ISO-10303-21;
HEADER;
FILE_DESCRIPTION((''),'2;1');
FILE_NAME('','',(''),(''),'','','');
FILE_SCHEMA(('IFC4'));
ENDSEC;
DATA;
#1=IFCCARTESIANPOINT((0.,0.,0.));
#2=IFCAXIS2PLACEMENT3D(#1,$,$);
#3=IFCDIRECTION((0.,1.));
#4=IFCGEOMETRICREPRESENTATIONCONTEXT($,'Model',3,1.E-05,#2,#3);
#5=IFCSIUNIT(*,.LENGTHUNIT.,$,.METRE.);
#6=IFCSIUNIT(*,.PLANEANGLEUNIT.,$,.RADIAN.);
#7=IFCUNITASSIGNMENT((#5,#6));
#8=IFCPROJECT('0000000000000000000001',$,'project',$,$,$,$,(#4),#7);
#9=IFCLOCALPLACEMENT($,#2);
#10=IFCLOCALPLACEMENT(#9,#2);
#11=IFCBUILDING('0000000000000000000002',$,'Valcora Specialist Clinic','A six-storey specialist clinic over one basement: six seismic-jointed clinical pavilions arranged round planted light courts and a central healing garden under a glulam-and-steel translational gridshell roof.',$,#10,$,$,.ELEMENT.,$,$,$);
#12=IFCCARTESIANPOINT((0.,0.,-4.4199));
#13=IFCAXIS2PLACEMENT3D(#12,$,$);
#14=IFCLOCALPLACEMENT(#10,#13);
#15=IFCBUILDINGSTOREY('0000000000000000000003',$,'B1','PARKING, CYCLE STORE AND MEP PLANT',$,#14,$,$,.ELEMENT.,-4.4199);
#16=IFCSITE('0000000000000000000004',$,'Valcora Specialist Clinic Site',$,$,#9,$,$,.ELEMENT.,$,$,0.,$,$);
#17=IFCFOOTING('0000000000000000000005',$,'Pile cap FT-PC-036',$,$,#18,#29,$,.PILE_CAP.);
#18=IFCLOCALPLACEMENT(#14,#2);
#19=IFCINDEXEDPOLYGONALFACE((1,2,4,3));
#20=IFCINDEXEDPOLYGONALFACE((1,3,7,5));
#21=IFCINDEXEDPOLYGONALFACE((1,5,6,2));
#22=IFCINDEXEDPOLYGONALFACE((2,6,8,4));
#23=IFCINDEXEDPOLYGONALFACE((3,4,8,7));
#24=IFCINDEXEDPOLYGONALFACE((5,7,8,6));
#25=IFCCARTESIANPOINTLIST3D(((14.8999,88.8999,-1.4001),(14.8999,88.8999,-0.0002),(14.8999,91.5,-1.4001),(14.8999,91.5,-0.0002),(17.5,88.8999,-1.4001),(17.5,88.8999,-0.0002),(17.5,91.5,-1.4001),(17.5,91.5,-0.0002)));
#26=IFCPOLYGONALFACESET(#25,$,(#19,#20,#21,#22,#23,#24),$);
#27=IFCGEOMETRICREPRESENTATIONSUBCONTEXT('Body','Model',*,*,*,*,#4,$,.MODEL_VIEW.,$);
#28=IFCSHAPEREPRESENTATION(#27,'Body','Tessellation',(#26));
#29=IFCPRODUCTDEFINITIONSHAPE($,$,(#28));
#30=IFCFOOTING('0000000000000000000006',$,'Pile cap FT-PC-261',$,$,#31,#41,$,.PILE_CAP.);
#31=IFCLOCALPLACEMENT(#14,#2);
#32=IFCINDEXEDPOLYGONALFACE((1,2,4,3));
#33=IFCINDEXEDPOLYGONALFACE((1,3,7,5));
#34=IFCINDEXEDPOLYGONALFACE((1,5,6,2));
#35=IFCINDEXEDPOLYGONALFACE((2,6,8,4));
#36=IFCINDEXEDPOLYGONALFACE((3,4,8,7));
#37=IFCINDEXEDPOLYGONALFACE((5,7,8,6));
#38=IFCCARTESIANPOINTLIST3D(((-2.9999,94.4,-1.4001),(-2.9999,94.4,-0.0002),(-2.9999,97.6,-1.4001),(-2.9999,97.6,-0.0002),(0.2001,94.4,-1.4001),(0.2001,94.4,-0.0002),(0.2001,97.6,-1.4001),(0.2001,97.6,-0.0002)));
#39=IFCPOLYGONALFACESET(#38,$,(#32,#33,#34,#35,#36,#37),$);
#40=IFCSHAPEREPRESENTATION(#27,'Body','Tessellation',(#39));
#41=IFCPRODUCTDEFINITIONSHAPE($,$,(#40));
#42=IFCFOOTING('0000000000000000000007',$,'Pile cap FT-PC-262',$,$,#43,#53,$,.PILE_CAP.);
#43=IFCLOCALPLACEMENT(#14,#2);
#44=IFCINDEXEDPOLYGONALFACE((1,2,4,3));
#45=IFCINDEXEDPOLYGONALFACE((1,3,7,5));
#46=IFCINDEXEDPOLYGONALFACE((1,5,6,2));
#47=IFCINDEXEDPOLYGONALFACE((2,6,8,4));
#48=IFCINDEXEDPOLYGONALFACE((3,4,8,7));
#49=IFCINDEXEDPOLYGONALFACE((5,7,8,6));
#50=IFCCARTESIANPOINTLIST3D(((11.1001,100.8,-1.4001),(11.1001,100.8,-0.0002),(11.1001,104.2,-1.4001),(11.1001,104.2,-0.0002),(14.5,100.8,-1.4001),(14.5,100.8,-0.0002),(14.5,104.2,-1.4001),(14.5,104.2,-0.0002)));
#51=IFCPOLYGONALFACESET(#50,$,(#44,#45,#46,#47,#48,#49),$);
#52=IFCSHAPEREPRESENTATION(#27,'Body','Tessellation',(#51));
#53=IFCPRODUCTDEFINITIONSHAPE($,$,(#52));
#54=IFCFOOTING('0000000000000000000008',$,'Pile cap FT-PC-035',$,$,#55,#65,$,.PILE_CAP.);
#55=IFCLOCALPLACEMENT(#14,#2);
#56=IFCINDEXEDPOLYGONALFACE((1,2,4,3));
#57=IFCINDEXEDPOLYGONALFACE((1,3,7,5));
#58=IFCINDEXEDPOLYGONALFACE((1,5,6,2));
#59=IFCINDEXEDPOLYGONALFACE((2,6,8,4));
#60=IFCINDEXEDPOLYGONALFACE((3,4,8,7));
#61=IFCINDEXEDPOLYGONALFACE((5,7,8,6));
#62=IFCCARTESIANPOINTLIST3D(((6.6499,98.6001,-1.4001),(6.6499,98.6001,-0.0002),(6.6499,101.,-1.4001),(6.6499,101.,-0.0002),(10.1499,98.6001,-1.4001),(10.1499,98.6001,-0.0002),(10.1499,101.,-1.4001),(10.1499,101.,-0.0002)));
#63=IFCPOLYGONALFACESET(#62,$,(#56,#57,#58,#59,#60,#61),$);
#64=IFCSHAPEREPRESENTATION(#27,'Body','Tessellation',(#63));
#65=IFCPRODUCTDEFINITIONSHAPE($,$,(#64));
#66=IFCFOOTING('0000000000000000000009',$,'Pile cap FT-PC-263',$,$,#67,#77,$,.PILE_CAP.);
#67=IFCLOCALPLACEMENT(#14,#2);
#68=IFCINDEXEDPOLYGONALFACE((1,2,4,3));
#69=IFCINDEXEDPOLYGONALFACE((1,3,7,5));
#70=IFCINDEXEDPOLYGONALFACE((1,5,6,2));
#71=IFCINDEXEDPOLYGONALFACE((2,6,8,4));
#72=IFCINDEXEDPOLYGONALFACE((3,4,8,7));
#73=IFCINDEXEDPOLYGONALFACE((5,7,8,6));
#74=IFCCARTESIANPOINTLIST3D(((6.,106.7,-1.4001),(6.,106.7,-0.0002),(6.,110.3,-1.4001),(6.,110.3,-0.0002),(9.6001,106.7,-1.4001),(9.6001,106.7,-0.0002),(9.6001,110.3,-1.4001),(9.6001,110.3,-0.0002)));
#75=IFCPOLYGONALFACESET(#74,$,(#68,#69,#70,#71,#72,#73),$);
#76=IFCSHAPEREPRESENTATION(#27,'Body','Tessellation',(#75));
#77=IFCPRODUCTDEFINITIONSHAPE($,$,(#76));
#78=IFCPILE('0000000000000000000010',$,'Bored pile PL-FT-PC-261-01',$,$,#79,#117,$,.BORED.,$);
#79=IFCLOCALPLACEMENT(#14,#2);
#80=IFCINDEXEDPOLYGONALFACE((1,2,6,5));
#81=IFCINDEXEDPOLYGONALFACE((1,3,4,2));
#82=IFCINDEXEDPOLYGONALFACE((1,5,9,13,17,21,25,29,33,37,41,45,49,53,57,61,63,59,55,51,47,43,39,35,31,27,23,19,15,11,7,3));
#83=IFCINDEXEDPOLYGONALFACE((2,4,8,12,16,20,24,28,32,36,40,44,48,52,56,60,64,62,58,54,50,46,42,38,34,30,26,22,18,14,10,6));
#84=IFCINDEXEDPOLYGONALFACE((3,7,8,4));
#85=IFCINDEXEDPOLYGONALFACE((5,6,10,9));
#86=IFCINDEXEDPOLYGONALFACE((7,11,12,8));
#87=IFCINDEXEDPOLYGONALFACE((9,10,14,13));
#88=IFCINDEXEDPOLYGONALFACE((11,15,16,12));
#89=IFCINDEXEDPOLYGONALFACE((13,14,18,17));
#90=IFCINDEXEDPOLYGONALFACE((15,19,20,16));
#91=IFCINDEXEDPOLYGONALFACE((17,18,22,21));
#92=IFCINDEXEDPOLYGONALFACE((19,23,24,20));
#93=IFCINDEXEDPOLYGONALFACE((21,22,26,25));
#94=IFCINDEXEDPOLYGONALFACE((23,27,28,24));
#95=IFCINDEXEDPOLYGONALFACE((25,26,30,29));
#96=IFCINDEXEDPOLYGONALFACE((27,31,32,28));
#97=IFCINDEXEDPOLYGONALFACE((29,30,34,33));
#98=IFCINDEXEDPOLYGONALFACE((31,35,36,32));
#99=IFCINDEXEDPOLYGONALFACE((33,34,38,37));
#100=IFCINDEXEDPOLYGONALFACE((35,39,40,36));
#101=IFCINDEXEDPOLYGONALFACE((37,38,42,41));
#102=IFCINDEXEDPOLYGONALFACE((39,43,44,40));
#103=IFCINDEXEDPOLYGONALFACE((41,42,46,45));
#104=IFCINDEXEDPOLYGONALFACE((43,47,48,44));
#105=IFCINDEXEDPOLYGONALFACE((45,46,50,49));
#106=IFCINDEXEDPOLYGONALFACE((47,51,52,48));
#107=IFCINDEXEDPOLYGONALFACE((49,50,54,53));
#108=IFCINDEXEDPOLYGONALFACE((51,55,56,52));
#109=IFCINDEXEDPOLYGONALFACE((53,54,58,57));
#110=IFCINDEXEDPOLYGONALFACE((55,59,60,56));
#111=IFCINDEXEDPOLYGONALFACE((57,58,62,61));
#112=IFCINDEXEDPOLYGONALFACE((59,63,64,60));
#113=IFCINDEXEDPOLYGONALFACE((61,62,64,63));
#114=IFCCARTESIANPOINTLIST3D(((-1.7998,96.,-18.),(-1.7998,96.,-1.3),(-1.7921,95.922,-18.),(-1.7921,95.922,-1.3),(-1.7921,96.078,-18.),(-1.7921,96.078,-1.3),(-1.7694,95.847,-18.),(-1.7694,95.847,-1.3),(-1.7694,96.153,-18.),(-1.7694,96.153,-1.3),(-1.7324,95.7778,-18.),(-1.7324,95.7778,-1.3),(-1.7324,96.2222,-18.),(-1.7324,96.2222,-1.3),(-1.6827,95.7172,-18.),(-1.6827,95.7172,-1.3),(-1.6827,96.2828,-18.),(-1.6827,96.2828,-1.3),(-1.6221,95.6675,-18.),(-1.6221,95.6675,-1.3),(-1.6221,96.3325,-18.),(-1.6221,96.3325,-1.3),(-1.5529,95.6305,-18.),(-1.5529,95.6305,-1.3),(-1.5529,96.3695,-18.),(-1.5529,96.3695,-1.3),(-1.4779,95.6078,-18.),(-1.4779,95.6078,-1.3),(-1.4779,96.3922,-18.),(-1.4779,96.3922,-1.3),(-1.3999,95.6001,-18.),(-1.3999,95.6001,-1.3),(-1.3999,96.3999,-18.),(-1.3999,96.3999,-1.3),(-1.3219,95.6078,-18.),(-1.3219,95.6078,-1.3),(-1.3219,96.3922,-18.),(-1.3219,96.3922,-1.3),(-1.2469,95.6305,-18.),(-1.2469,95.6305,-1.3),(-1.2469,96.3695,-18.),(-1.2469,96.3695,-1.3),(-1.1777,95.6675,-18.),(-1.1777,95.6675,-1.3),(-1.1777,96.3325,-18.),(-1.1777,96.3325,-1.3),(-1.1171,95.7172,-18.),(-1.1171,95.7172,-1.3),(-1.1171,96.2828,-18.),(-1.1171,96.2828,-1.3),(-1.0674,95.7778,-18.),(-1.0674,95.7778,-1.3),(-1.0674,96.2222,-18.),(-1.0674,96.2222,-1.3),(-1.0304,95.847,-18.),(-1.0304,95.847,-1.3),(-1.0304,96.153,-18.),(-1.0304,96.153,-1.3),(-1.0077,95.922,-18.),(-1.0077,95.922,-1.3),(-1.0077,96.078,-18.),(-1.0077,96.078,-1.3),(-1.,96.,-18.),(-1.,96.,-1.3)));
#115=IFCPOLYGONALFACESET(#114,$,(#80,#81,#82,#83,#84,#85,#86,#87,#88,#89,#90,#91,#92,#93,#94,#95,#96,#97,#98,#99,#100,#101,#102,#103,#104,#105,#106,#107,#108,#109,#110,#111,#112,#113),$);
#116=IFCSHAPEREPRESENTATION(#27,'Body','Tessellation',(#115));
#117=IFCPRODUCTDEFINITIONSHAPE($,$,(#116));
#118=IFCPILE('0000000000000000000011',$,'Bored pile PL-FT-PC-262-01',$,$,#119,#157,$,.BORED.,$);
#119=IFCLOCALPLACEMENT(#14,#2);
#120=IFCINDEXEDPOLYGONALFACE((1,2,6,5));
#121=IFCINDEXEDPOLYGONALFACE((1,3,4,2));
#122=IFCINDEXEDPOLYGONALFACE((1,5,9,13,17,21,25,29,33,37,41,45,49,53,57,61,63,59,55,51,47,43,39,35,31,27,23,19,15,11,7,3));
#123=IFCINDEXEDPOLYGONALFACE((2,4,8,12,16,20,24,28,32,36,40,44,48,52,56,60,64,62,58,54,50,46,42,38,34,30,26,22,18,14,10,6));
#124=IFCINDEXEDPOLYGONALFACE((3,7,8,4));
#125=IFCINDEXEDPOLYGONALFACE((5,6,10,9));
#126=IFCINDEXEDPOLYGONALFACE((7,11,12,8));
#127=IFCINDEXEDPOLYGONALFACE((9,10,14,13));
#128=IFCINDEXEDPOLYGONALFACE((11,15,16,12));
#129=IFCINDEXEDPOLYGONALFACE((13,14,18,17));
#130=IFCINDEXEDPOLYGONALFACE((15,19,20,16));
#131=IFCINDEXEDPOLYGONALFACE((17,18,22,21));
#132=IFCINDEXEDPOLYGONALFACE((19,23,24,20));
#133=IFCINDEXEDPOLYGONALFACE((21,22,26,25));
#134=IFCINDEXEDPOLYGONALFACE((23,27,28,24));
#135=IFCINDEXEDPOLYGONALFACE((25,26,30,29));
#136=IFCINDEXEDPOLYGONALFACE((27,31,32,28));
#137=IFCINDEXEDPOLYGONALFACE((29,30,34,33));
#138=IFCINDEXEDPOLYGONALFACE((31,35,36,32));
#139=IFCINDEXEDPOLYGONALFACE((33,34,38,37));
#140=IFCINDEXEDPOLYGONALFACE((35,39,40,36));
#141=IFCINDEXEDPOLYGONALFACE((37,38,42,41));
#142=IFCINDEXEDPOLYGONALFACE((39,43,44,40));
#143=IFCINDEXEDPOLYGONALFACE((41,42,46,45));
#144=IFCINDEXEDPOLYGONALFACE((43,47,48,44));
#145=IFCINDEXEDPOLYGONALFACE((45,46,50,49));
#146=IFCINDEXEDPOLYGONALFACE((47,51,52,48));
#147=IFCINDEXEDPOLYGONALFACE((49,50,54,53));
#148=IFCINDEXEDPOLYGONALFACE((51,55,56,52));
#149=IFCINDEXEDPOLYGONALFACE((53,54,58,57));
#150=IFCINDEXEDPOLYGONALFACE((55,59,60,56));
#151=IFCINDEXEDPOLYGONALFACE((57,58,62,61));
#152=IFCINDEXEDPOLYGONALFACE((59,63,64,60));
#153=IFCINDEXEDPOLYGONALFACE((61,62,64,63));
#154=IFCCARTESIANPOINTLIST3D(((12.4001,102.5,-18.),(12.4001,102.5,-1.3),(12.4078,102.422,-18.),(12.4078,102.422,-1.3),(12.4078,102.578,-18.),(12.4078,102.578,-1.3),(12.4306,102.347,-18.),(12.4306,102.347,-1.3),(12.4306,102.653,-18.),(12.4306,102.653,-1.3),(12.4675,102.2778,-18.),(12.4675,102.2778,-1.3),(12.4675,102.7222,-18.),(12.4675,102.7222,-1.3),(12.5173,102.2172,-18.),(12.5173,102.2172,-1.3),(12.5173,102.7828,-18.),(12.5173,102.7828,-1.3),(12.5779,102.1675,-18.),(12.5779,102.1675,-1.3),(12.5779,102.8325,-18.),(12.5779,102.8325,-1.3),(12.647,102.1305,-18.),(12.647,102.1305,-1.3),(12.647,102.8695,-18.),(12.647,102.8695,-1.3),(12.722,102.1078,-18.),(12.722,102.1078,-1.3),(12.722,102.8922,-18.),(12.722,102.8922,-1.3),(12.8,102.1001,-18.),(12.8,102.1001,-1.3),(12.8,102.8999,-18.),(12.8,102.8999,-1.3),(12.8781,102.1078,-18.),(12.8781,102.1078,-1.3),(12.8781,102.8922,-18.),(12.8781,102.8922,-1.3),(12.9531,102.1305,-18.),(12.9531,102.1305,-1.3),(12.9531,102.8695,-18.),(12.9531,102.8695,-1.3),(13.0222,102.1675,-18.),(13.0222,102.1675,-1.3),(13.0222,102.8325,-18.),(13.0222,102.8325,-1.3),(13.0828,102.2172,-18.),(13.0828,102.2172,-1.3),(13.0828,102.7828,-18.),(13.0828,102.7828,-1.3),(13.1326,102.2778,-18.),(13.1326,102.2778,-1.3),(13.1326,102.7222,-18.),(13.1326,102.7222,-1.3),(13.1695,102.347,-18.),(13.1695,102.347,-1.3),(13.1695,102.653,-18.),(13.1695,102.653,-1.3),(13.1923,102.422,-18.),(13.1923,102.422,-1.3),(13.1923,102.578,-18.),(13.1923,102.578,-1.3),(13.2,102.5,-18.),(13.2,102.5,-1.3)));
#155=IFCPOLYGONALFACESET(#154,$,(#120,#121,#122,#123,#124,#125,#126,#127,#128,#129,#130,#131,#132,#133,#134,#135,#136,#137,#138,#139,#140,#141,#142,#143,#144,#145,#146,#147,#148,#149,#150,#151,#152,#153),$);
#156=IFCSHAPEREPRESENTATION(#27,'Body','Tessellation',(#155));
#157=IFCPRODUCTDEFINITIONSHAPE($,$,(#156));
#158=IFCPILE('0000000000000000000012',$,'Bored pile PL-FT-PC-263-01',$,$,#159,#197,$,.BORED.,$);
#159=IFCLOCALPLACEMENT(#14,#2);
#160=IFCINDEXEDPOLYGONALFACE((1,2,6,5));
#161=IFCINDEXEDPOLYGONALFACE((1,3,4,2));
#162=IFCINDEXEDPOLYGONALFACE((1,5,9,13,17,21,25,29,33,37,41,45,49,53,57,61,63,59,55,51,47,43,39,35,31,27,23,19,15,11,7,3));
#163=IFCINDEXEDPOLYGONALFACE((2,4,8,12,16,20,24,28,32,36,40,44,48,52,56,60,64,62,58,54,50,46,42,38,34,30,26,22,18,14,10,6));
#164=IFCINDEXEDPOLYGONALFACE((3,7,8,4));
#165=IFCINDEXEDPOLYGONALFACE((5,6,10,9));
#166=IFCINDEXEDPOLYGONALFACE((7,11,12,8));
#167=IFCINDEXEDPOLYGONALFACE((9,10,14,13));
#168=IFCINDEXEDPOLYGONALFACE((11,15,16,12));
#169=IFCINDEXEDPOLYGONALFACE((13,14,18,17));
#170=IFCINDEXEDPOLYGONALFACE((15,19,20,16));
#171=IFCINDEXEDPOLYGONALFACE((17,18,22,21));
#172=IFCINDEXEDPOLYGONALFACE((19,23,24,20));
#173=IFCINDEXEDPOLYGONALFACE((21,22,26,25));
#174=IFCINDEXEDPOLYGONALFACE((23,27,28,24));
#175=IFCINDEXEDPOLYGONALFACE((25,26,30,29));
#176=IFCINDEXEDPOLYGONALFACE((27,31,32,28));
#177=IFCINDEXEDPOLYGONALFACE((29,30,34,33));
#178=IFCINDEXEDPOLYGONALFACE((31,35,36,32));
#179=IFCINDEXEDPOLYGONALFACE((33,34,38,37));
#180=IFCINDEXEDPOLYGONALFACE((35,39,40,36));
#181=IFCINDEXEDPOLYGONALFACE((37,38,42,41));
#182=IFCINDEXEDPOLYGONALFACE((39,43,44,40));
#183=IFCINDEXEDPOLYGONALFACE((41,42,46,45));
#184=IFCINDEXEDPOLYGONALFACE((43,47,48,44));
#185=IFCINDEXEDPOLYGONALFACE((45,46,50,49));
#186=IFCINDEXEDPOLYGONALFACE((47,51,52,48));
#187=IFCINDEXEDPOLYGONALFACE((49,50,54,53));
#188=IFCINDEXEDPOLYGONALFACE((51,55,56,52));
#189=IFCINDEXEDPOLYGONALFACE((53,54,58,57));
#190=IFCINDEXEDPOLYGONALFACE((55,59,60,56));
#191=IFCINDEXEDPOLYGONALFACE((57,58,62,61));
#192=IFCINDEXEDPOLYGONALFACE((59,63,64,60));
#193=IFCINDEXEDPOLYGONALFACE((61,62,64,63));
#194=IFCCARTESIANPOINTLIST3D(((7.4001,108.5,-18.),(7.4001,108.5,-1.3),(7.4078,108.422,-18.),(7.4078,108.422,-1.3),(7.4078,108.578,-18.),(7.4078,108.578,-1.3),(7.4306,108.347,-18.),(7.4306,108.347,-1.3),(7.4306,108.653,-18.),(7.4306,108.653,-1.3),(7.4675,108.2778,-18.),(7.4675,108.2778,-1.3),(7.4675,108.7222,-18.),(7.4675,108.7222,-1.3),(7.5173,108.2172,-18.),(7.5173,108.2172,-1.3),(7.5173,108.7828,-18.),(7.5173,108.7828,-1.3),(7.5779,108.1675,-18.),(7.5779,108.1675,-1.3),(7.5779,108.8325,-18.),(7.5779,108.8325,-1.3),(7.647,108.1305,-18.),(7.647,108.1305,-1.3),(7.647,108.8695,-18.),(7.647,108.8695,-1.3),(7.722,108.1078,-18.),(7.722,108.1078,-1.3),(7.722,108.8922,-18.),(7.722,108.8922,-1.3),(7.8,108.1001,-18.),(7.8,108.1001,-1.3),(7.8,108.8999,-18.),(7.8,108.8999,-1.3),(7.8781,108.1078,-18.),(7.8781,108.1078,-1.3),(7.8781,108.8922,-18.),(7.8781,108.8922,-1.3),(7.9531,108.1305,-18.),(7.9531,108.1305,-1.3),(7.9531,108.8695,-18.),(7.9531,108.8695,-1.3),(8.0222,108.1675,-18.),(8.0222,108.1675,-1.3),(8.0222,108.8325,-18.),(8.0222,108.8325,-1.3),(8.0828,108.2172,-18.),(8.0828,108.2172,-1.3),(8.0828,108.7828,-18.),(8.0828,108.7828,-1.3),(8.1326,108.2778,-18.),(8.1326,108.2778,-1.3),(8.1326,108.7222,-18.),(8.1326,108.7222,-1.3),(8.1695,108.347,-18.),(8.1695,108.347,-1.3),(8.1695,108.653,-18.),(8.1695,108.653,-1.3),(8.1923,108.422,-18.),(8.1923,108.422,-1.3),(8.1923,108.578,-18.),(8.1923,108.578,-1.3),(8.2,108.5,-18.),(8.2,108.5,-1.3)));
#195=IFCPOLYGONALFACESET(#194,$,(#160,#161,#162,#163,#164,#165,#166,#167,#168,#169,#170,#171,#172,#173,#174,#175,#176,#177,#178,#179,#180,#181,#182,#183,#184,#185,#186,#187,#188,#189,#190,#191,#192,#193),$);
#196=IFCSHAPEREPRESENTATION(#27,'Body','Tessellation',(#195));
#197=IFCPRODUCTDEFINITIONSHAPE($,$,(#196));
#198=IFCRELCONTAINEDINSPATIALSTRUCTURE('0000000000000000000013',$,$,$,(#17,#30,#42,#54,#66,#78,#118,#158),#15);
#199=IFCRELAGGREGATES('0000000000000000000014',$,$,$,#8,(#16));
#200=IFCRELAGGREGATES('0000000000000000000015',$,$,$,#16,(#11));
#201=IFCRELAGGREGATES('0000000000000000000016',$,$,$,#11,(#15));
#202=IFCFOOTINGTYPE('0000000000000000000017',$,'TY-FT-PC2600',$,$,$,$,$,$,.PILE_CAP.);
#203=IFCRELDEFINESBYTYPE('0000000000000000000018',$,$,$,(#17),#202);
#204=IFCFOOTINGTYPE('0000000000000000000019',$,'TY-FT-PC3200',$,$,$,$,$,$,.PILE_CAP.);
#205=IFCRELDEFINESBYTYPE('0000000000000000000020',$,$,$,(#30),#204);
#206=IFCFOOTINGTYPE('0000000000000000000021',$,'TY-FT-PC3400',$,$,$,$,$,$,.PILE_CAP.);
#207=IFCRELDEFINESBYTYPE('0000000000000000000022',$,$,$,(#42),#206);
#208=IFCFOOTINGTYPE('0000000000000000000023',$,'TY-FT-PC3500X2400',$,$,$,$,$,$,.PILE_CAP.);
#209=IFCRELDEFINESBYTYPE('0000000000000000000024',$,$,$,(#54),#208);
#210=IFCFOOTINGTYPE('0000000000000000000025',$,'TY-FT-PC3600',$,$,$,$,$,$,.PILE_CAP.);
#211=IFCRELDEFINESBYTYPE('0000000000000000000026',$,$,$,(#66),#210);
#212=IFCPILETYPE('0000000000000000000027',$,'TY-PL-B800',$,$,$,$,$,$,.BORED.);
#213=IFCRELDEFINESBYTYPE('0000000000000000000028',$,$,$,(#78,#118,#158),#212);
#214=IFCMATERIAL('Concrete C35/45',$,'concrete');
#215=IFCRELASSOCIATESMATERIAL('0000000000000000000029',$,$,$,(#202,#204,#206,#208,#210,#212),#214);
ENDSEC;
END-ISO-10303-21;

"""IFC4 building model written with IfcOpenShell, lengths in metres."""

from ifc_helpers import new_model, si_unit, direction, frame, origin, origin_2d, place, context, subcontext, project, spatial, rectangle, circle, extrude, material, material_profile, profile_set, type_object, element, save


model = new_model("IFC4")

# Units and contexts
model_context = context("Model", 3, precision=1e-05, world=origin(), true_north=direction((0.0, 1.0)))
body_context = subcontext(model_context, "Body", "Model", "MODEL_VIEW")
ifc_project = project(units=[si_unit("LENGTHUNIT", "METRE"), si_unit("PLANEANGLEUNIT", "RADIAN")], contexts=[model_context])

# Site, building, storey
site_placement = place(None, origin())
site = spatial("IfcSite", under=ifc_project, at=site_placement, Name="Valcora Specialist Clinic Site", CompositionType="ELEMENT", RefElevation=0.0)
building_placement = place(site_placement, origin())
building = spatial("IfcBuilding", under=site, at=building_placement, Name="Valcora Specialist Clinic", Description="A six-storey specialist clinic over one basement: six seismic-jointed clinical pavilions arranged round planted light courts and a central healing garden under a glulam-and-steel translational gridshell roof.", CompositionType="ELEMENT")
storey_placement = place(building_placement, frame((0.0, 0.0, -4.4199)))
storey = spatial("IfcBuildingStorey", under=building, at=storey_placement, Name="B1", Description="PARKING, CYCLE STORE AND MEP PLANT", CompositionType="ELEMENT", Elevation=-4.4199)

# Footings
ifc_material_1 = material(Name="Concrete C35/45", Category="concrete")
footing_type_1 = type_object("IfcFootingType", Name="TY-FT-PC2600", PredefinedType="PILE_CAP", material=ifc_material_1)
footing_1_placement = place(storey_placement, frame((16.2, 90.2, -1.4001), z_axis=(0.0, 0.0, 1.0), x_axis=(1.0, 0.0, 0.0)))
element("IfcFooting", 1, at=footing_1_placement, inside=storey, type_object=footing_type_1, Name="Pile cap FT-PC-036", PredefinedType="PILE_CAP", context=body_context, shape_type="SweptSolid", body=[
    extrude(rectangle(XDim=2.6001, YDim=2.6001, at=origin_2d()), origin(), (0.0, 0.0, 1.0), 1.3999),
])
footing_type_2 = type_object("IfcFootingType", Name="TY-FT-PC3200", PredefinedType="PILE_CAP", material=ifc_material_1)
footing_2_placement = place(storey_placement, frame((-1.3999, 96.0, -1.4001), z_axis=(0.0, 0.0, 1.0), x_axis=(1.0, 0.0, 0.0)))
element("IfcFooting", 2, at=footing_2_placement, inside=storey, type_object=footing_type_2, Name="Pile cap FT-PC-261", PredefinedType="PILE_CAP", context=body_context, shape_type="SweptSolid", body=[
    extrude(rectangle(XDim=3.2, YDim=3.2, at=origin_2d()), origin(), (0.0, 0.0, 1.0), 1.3999),
])
footing_type_3 = type_object("IfcFootingType", Name="TY-FT-PC3400", PredefinedType="PILE_CAP", material=ifc_material_1)
footing_3_placement = place(storey_placement, frame((12.8, 102.5, -1.4001), z_axis=(0.0, 0.0, 1.0), x_axis=(1.0, 0.0, 0.0)))
element("IfcFooting", 3, at=footing_3_placement, inside=storey, type_object=footing_type_3, Name="Pile cap FT-PC-262", PredefinedType="PILE_CAP", context=body_context, shape_type="SweptSolid", body=[
    extrude(rectangle(XDim=3.3999, YDim=3.3999, at=origin_2d()), origin(), (0.0, 0.0, 1.0), 1.3999),
])
footing_type_4 = type_object("IfcFootingType", Name="TY-FT-PC3500X2400", PredefinedType="PILE_CAP", material=ifc_material_1)
footing_4_placement = place(storey_placement, frame((8.3999, 99.8, -1.4001), z_axis=(0.0, 0.0, 1.0), x_axis=(1.0, 0.0, 0.0)))
element("IfcFooting", 4, at=footing_4_placement, inside=storey, type_object=footing_type_4, Name="Pile cap FT-PC-035", PredefinedType="PILE_CAP", context=body_context, shape_type="SweptSolid", body=[
    extrude(rectangle(XDim=3.5, YDim=2.3999, at=origin_2d()), origin(), (0.0, 0.0, 1.0), 1.3999),
])
footing_type_5 = type_object("IfcFootingType", Name="TY-FT-PC3600", PredefinedType="PILE_CAP", material=ifc_material_1)
footing_5_placement = place(storey_placement, frame((7.8, 108.5, -1.4001), z_axis=(0.0, 0.0, 1.0), x_axis=(1.0, 0.0, 0.0)))
element("IfcFooting", 5, at=footing_5_placement, inside=storey, type_object=footing_type_5, Name="Pile cap FT-PC-263", PredefinedType="PILE_CAP", context=body_context, shape_type="SweptSolid", body=[
    extrude(rectangle(XDim=3.6001, YDim=3.6001, at=origin_2d()), origin(), (0.0, 0.0, 1.0), 1.3999),
])

# Piles
ifc_material_profile_1 = material_profile(ifc_material_1, circle(Radius=0.3999, at=origin_2d()), Name="RC-PIL-D800")
ifc_profile_set_1 = profile_set([ifc_material_profile_1], Name="Concrete C35/45")
pile_type_1 = type_object("IfcPileType", Name="TY-PL-B800", PredefinedType="BORED", material=ifc_profile_set_1)
for number, where, z_axis, x_axis, name in (
    (6, (-1.3999, 96.0, -1.3), (0.0, 0.0, -1.0), (1.0, 0.0, 0.0), "Bored pile PL-FT-PC-261-01"),
    (7, (12.8, 102.5, -1.3), (0.0, 0.0, -1.0), (1.0, 0.0, 0.0), "Bored pile PL-FT-PC-262-01"),
    (8, (7.8, 108.5, -1.3), (0.0, 0.0, -1.0), (1.0, 0.0, 0.0), "Bored pile PL-FT-PC-263-01"),
):
    element("IfcPile", number, at=place(storey_placement, frame(where, z_axis=z_axis, x_axis=x_axis)), inside=storey, type_object=pile_type_1, Name=name, PredefinedType="BORED", context=body_context, shape_type="SweptSolid", body=[
        extrude(circle(Radius=0.3999, at=origin_2d()), origin(), (0.0, 0.0, 1.0), 16.7),
    ])

save(model, "model.ifc")
